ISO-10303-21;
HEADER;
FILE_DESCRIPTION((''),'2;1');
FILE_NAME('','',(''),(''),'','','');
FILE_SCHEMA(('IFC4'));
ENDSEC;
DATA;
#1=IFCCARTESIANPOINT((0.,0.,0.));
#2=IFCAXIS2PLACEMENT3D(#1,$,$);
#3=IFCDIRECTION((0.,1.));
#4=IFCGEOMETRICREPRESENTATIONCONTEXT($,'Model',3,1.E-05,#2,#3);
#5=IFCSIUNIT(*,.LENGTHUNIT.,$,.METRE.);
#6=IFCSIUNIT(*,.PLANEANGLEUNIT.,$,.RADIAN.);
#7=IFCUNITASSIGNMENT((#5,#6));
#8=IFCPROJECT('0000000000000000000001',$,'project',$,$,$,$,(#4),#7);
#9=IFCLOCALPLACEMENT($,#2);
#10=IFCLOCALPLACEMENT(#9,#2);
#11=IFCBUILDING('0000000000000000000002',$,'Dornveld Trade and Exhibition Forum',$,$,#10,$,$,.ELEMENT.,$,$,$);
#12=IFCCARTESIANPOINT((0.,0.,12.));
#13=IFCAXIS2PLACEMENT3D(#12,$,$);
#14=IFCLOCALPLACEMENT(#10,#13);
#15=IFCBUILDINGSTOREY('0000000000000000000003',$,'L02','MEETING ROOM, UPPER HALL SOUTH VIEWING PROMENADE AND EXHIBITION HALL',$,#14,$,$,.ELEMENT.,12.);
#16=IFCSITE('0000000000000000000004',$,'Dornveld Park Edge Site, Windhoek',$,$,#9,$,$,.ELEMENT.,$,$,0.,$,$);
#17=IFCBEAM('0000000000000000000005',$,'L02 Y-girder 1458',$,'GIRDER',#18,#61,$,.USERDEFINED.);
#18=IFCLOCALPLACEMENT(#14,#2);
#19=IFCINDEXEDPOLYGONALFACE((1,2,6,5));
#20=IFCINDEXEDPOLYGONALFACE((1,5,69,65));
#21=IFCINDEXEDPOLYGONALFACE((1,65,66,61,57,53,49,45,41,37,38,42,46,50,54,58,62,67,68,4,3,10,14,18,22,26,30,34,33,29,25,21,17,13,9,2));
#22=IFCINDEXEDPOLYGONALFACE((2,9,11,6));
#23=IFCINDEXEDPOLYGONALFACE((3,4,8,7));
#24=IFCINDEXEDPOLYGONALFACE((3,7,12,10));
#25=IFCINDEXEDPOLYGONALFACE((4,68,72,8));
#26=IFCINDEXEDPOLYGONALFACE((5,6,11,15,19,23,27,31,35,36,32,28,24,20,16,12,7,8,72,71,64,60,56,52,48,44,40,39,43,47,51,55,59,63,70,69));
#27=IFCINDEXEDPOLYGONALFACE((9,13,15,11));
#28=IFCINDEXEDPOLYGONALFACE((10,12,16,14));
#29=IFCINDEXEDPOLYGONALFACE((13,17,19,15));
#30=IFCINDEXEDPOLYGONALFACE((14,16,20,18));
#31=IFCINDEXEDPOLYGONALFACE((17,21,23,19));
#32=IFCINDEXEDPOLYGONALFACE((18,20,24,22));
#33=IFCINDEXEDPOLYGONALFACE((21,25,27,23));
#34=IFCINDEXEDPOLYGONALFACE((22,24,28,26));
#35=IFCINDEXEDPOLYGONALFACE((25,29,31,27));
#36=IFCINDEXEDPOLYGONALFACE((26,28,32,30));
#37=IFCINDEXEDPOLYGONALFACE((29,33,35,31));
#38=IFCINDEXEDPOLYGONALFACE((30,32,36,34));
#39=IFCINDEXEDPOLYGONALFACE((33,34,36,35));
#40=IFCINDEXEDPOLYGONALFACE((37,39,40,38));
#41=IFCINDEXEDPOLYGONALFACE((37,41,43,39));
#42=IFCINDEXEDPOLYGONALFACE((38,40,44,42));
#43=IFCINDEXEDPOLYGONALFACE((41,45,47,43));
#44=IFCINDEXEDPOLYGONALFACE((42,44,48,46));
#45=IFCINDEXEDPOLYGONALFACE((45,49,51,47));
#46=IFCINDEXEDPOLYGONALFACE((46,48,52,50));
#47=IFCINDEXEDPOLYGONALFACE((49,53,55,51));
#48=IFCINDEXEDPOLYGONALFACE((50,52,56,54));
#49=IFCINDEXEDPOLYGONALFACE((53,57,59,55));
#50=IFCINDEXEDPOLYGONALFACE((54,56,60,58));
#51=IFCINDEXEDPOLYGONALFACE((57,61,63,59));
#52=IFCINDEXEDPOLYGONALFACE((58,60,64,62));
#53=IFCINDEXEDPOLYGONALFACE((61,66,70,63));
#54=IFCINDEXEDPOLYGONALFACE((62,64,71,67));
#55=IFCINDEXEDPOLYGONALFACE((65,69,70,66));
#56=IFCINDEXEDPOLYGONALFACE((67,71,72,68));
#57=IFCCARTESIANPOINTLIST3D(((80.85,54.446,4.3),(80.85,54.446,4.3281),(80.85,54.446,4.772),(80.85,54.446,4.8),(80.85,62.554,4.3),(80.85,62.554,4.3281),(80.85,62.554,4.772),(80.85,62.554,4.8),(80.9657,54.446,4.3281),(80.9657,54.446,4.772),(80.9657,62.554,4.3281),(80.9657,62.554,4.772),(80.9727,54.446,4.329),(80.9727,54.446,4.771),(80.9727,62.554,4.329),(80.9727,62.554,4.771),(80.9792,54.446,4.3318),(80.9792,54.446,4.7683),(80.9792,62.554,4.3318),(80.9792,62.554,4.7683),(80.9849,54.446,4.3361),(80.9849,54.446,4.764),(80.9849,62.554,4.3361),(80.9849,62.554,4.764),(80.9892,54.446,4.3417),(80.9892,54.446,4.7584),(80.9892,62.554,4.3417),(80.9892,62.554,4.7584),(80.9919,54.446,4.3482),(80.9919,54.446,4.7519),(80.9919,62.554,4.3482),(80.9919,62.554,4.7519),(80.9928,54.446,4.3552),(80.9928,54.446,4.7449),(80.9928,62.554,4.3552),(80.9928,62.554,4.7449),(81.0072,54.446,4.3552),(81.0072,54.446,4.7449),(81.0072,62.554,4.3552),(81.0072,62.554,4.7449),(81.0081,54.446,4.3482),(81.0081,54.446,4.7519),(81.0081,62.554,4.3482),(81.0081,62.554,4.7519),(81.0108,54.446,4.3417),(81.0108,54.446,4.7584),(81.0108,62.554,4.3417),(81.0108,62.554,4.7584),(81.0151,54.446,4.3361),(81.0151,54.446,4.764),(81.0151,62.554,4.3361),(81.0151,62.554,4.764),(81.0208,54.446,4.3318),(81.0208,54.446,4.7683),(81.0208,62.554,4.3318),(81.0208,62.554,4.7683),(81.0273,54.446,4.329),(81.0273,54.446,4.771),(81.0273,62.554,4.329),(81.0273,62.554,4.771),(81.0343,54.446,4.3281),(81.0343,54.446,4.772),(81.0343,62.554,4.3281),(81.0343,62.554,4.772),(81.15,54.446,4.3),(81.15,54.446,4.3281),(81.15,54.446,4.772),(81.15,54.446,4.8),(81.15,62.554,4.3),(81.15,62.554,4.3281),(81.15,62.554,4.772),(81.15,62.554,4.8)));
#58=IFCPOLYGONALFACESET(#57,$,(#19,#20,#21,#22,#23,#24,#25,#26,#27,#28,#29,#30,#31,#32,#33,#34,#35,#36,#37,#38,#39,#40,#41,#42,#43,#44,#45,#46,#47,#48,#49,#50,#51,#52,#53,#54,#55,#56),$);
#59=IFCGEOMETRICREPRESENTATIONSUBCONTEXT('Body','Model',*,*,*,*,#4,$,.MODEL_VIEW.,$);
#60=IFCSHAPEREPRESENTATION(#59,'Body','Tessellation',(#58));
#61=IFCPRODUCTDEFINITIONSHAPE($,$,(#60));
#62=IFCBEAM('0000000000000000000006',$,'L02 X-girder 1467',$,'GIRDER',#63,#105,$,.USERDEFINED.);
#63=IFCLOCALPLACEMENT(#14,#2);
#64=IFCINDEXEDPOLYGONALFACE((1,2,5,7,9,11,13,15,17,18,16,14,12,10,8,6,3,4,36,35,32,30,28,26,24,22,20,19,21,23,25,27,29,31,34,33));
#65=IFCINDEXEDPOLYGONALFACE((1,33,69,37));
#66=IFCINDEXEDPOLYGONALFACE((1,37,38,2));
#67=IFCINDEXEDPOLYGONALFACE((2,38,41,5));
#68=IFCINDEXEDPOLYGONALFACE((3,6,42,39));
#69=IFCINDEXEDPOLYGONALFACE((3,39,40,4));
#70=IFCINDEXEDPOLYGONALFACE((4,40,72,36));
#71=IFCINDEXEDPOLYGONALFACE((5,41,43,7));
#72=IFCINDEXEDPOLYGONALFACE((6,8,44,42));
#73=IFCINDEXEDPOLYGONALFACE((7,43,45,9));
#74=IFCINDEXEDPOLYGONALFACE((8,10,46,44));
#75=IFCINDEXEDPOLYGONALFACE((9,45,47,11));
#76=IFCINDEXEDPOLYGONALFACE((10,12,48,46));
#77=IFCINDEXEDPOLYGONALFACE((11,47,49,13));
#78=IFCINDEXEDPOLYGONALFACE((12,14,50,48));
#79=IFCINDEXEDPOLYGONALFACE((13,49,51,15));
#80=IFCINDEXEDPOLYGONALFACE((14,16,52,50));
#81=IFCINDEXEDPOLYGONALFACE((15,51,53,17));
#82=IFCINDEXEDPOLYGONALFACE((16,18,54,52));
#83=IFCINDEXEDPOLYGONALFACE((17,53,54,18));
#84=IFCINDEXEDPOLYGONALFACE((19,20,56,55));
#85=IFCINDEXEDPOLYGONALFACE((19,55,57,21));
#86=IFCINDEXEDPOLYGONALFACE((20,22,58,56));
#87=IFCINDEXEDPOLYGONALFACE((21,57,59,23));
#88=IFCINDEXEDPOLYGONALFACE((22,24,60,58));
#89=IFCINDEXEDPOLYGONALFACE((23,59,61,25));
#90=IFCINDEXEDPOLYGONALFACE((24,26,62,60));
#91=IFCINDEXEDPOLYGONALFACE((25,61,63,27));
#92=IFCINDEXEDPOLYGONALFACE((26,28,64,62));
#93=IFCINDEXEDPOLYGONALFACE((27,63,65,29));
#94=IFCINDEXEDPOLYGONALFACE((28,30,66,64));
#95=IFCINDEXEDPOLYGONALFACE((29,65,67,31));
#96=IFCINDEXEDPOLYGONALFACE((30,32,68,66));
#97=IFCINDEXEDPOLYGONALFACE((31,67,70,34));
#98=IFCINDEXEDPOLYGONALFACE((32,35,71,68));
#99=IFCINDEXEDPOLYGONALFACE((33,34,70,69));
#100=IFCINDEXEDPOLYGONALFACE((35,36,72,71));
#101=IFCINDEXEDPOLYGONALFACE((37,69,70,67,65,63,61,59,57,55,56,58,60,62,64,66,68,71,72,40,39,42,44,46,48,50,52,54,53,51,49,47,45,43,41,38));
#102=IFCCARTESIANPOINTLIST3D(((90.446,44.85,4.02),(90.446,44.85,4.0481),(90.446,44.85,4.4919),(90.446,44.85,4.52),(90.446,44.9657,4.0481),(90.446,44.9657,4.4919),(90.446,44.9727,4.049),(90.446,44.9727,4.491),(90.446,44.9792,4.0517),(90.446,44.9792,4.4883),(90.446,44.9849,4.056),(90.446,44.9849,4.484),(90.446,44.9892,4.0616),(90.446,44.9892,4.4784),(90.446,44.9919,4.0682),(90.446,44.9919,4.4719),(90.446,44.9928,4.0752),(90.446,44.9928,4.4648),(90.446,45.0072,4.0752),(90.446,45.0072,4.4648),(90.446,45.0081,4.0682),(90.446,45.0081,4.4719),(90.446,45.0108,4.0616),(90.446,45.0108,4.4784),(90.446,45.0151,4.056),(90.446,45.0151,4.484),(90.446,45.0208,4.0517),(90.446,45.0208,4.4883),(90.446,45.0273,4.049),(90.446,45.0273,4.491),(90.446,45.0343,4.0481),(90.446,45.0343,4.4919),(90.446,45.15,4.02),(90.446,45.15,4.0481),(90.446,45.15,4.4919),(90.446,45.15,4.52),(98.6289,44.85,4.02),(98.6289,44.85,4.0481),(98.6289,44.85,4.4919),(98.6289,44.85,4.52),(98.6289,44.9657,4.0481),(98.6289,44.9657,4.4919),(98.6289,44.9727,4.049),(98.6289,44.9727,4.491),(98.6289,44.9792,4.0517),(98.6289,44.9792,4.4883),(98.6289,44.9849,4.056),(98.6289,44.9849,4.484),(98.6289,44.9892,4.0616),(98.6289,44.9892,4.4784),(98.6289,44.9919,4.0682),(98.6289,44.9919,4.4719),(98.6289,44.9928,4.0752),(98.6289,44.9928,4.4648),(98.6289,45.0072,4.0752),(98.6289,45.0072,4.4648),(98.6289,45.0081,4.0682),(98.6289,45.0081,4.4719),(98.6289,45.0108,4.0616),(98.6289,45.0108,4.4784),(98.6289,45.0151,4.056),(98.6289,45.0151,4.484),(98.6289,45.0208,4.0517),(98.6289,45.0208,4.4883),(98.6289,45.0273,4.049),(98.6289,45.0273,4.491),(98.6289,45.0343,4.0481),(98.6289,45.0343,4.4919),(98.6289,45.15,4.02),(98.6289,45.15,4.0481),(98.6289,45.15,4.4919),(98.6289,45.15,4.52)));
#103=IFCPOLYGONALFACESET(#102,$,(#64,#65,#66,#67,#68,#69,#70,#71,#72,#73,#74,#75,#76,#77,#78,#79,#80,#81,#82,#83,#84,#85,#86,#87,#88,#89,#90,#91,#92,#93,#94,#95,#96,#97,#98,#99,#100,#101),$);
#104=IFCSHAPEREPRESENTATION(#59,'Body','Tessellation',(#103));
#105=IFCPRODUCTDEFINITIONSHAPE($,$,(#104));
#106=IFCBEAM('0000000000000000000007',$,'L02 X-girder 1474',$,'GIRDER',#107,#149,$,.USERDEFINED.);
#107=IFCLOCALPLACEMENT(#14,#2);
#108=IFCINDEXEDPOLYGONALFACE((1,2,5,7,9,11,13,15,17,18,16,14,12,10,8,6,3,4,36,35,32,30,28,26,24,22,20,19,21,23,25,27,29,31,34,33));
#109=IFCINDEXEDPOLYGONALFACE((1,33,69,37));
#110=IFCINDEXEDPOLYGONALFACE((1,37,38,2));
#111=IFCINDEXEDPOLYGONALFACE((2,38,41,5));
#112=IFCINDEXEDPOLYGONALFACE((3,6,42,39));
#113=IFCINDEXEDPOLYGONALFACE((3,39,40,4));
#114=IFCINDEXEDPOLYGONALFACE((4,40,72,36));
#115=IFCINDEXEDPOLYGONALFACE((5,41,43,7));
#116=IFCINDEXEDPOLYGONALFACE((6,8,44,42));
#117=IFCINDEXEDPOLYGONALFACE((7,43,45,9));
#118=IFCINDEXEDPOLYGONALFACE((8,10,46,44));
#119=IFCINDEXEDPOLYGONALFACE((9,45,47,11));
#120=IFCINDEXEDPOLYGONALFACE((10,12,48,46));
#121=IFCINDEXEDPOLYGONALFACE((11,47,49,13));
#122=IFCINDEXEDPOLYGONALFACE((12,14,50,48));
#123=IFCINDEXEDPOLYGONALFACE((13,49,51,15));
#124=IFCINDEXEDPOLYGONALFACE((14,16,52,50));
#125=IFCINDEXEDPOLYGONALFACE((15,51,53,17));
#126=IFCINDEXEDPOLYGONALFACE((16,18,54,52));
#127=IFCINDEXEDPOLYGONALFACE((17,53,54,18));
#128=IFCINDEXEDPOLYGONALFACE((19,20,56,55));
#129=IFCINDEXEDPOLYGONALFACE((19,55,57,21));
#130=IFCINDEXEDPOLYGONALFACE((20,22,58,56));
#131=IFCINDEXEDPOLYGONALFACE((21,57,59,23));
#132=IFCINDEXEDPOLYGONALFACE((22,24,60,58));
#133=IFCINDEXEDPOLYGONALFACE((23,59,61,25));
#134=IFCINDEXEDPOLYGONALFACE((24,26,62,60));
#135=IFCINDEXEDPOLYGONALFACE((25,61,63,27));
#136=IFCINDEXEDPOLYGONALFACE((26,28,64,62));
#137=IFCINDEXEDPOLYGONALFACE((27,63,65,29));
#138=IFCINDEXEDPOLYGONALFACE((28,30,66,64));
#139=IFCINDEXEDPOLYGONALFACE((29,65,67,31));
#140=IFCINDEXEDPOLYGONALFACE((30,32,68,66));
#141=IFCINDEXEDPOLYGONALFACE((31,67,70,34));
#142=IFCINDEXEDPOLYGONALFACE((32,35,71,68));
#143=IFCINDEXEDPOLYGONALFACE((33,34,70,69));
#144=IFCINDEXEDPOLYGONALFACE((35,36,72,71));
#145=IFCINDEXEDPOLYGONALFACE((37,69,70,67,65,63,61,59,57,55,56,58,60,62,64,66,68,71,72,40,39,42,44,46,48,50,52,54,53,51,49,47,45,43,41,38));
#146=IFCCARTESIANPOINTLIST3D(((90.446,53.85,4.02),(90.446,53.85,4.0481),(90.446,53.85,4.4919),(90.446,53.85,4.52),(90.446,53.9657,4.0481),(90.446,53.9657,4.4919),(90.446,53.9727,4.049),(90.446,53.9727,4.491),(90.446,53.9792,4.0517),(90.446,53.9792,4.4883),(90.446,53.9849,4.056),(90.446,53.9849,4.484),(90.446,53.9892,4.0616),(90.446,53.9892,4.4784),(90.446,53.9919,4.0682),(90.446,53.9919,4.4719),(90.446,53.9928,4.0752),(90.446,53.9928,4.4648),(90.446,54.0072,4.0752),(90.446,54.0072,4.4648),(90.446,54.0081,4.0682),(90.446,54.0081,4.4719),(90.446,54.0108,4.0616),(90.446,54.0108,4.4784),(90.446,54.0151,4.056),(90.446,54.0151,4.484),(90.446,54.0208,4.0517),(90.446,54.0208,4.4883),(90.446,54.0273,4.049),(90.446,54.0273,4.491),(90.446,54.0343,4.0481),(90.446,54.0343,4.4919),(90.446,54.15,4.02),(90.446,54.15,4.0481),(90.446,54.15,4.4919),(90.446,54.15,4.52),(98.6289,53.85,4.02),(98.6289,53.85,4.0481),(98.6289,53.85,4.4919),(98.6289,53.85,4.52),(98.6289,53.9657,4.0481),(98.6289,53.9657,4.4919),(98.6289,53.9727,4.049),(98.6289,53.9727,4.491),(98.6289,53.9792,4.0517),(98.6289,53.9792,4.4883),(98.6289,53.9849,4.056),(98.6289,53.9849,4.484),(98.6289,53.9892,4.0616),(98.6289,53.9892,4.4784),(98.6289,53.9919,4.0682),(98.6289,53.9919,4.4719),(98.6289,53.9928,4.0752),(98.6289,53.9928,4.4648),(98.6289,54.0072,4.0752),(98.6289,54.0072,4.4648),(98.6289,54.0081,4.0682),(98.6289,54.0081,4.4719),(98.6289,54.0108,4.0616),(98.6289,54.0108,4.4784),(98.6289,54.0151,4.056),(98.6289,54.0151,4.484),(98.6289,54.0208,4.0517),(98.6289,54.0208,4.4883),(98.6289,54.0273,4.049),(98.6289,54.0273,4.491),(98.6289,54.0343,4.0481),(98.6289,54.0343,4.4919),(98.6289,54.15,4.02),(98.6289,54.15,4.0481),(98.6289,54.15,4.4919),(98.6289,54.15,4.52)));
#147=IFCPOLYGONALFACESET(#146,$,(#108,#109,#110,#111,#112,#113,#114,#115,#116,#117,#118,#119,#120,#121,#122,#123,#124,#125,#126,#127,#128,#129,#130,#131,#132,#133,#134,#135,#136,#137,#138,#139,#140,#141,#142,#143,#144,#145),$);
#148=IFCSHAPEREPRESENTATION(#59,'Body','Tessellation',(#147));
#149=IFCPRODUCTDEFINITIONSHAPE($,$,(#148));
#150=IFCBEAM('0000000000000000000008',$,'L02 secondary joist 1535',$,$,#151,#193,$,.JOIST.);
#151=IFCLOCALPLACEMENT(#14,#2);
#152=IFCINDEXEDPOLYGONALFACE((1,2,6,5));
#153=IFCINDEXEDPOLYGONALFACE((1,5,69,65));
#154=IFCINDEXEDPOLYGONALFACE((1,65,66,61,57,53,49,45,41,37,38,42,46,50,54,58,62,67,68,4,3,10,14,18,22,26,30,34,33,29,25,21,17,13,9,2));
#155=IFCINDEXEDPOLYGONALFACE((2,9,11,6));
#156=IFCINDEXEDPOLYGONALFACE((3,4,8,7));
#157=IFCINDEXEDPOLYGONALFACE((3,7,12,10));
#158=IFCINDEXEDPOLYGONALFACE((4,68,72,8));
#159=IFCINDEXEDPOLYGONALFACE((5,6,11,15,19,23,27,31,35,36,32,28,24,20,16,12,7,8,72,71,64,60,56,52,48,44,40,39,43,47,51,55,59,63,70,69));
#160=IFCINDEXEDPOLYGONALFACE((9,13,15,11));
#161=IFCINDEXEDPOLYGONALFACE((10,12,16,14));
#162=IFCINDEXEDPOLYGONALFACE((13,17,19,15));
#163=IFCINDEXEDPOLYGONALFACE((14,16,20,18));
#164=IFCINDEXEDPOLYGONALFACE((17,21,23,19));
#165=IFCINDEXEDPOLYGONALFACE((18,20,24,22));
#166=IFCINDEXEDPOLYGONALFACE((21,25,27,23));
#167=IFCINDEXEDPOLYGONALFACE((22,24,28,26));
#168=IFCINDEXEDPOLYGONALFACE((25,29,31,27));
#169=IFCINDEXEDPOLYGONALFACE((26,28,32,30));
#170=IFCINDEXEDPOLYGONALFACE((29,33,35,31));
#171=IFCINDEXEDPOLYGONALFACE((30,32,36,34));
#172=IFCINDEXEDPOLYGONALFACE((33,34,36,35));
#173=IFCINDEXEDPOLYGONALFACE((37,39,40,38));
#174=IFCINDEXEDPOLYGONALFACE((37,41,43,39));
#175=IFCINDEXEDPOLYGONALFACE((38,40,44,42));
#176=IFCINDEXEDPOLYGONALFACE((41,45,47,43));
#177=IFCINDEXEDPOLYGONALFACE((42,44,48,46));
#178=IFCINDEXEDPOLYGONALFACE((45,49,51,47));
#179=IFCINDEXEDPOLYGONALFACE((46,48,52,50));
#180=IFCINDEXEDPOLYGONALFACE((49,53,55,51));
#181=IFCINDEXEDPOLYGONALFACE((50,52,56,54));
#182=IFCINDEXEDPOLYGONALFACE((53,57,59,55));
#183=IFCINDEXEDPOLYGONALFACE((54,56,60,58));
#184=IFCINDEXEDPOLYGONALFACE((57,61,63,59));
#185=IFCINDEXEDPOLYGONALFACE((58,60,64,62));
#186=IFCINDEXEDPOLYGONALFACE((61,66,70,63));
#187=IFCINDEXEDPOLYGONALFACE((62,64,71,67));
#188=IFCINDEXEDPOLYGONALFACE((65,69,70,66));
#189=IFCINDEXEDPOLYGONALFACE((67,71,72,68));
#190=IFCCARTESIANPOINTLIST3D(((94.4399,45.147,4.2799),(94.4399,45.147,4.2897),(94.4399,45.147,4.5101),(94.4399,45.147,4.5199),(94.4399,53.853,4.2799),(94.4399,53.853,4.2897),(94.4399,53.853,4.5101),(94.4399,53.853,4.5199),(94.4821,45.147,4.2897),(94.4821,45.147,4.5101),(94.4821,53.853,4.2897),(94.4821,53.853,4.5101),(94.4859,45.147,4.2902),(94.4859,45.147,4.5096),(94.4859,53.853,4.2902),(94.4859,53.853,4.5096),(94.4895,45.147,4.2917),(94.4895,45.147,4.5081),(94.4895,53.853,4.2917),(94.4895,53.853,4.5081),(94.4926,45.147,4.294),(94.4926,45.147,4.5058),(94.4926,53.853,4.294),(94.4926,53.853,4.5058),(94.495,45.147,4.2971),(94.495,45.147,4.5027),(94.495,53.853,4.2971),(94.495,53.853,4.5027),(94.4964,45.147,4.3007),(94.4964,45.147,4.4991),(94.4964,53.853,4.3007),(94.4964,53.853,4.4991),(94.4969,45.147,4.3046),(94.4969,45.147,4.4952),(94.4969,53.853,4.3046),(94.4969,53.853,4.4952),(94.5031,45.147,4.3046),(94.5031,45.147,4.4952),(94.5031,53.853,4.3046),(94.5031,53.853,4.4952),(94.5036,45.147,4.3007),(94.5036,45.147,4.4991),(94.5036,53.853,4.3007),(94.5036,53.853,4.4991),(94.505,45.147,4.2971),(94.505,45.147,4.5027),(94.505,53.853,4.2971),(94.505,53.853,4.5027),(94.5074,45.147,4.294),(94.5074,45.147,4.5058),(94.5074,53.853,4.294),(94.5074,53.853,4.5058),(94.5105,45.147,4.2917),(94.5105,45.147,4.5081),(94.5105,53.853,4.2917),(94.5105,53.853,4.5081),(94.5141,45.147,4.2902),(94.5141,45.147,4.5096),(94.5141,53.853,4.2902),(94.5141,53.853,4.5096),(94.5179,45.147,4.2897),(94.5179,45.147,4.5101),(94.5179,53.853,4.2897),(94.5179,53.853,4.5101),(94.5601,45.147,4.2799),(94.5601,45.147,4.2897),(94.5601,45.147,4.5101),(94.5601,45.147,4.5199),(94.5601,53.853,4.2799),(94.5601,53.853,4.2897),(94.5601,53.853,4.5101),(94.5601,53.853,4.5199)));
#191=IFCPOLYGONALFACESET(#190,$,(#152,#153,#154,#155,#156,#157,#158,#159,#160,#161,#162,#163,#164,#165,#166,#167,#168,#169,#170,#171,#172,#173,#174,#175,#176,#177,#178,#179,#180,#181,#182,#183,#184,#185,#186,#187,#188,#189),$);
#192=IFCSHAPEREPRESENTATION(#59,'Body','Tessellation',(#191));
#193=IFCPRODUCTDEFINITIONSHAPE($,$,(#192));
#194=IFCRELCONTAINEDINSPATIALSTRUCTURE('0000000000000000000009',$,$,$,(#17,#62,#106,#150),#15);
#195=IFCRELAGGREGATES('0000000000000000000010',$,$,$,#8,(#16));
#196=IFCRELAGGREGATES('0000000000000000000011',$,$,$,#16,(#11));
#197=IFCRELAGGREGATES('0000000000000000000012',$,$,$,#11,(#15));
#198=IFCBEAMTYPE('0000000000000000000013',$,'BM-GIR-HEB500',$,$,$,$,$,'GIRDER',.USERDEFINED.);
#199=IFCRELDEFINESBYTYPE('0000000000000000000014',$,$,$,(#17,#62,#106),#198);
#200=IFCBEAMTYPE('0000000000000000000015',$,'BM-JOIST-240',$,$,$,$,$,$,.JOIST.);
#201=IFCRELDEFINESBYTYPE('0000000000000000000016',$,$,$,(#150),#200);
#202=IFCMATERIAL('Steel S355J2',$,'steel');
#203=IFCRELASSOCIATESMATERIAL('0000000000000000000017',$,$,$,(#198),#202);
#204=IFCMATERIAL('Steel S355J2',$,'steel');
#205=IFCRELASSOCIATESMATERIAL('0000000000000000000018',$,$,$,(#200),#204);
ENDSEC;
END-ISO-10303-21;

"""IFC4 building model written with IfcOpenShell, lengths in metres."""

from ifc_helpers import new_model, si_unit, direction, frame, origin, origin_2d, place, context, subcontext, project, spatial, i_section, extrude, material, material_profile, profile_set, type_object, element, save


model = new_model("IFC4")

# Units and contexts
model_context = context("Model", 3, precision=1e-05, world=origin(), true_north=direction((0.0, 1.0)))
body_context = subcontext(model_context, "Body", "Model", "MODEL_VIEW")
ifc_project = project(units=[si_unit("LENGTHUNIT", "METRE"), si_unit("PLANEANGLEUNIT", "RADIAN")], contexts=[model_context])

# Site, building, storey
site_placement = place(None, origin())
site = spatial("IfcSite", under=ifc_project, at=site_placement, Name="Dornveld Park Edge Site, Windhoek", CompositionType="ELEMENT", RefElevation=0.0)
building_placement = place(site_placement, origin())
building = spatial("IfcBuilding", under=site, at=building_placement, Name="Dornveld Trade and Exhibition Forum", CompositionType="ELEMENT")
storey_placement = place(building_placement, frame((0.0, 0.0, 12.0)))
storey = spatial("IfcBuildingStorey", under=building, at=storey_placement, Name="L02", Description="MEETING ROOM, UPPER HALL SOUTH VIEWING PROMENADE AND EXHIBITION HALL", CompositionType="ELEMENT", Elevation=12.0)

# Beams
ifc_material_1 = material(Name="Steel S355J2", Category="steel")
ifc_material_profile_1 = material_profile(ifc_material_1, i_section(OverallWidth=0.3, OverallDepth=0.5, WebThickness=0.0144, FlangeThickness=0.0281, FilletRadius=0.0271, at=origin_2d()), Name="HEB 500")
ifc_profile_set_1 = profile_set([ifc_material_profile_1], Name="Steel S355J2")
beam_type_1 = type_object("IfcBeamType", Name="BM-GIR-HEB500", ElementType="GIRDER", PredefinedType="USERDEFINED", material=ifc_profile_set_1)
for number, where, z_axis, x_axis, name in (
    (1, (81.0, 54.446, 4.55), (0.0, 1.0, 0.0), (-1.0, 0.0, 0.0), "L02 Y-girder 1458"),
):
    element("IfcBeam", number, at=place(storey_placement, frame(where, z_axis=z_axis, x_axis=x_axis)), inside=storey, type_object=beam_type_1, Name=name, ObjectType="GIRDER", PredefinedType="USERDEFINED", context=body_context, shape_type="SweptSolid", body=[
        extrude(i_section(OverallWidth=0.3, OverallDepth=0.5, WebThickness=0.0144, FlangeThickness=0.0281, FilletRadius=0.0271, at=origin_2d()), origin(), (0.0, 0.0, 1.0), 8.1079),
    ])
for number, where, z_axis, x_axis, name in (
    (2, (90.446, 45.0, 4.27), (1.0, 0.0, 0.0), (0.0, 1.0, 0.0), "L02 X-girder 1467"),
    (3, (90.446, 54.0, 4.27), (1.0, 0.0, 0.0), (0.0, 1.0, 0.0), "L02 X-girder 1474"),
):
    element("IfcBeam", number, at=place(storey_placement, frame(where, z_axis=z_axis, x_axis=x_axis)), inside=storey, type_object=beam_type_1, Name=name, ObjectType="GIRDER", PredefinedType="USERDEFINED", context=body_context, shape_type="SweptSolid", body=[
        extrude(i_section(OverallWidth=0.3, OverallDepth=0.5, WebThickness=0.0144, FlangeThickness=0.0281, FilletRadius=0.0271, at=origin_2d()), origin(), (0.0, 0.0, 1.0), 8.1829),
    ])
ifc_material_2 = material(Name="Steel S355J2", Category="steel")
ifc_material_profile_2 = material_profile(ifc_material_2, i_section(OverallWidth=0.1201, OverallDepth=0.24, WebThickness=0.0061, FlangeThickness=0.0098, FilletRadius=0.0149, at=origin_2d()), Name="IPE 240")
ifc_profile_set_2 = profile_set([ifc_material_profile_2], Name="Steel S355J2")
beam_type_2 = type_object("IfcBeamType", Name="BM-JOIST-240", PredefinedType="JOIST", material=ifc_profile_set_2)
for number, where, z_axis, x_axis, name in (
    (4, (94.5, 45.147, 4.3999), (0.0, 1.0, 0.0), (-1.0, 0.0, 0.0), "L02 secondary joist 1535"),
):
    element("IfcBeam", number, at=place(storey_placement, frame(where, z_axis=z_axis, x_axis=x_axis)), inside=storey, type_object=beam_type_2, Name=name, PredefinedType="JOIST", context=body_context, shape_type="SweptSolid", body=[
        extrude(i_section(OverallWidth=0.1201, OverallDepth=0.24, WebThickness=0.0061, FlangeThickness=0.0098, FilletRadius=0.0149, at=origin_2d()), origin(), (0.0, 0.0, 1.0), 8.7061),
    ])

save(model, "model.ifc")
